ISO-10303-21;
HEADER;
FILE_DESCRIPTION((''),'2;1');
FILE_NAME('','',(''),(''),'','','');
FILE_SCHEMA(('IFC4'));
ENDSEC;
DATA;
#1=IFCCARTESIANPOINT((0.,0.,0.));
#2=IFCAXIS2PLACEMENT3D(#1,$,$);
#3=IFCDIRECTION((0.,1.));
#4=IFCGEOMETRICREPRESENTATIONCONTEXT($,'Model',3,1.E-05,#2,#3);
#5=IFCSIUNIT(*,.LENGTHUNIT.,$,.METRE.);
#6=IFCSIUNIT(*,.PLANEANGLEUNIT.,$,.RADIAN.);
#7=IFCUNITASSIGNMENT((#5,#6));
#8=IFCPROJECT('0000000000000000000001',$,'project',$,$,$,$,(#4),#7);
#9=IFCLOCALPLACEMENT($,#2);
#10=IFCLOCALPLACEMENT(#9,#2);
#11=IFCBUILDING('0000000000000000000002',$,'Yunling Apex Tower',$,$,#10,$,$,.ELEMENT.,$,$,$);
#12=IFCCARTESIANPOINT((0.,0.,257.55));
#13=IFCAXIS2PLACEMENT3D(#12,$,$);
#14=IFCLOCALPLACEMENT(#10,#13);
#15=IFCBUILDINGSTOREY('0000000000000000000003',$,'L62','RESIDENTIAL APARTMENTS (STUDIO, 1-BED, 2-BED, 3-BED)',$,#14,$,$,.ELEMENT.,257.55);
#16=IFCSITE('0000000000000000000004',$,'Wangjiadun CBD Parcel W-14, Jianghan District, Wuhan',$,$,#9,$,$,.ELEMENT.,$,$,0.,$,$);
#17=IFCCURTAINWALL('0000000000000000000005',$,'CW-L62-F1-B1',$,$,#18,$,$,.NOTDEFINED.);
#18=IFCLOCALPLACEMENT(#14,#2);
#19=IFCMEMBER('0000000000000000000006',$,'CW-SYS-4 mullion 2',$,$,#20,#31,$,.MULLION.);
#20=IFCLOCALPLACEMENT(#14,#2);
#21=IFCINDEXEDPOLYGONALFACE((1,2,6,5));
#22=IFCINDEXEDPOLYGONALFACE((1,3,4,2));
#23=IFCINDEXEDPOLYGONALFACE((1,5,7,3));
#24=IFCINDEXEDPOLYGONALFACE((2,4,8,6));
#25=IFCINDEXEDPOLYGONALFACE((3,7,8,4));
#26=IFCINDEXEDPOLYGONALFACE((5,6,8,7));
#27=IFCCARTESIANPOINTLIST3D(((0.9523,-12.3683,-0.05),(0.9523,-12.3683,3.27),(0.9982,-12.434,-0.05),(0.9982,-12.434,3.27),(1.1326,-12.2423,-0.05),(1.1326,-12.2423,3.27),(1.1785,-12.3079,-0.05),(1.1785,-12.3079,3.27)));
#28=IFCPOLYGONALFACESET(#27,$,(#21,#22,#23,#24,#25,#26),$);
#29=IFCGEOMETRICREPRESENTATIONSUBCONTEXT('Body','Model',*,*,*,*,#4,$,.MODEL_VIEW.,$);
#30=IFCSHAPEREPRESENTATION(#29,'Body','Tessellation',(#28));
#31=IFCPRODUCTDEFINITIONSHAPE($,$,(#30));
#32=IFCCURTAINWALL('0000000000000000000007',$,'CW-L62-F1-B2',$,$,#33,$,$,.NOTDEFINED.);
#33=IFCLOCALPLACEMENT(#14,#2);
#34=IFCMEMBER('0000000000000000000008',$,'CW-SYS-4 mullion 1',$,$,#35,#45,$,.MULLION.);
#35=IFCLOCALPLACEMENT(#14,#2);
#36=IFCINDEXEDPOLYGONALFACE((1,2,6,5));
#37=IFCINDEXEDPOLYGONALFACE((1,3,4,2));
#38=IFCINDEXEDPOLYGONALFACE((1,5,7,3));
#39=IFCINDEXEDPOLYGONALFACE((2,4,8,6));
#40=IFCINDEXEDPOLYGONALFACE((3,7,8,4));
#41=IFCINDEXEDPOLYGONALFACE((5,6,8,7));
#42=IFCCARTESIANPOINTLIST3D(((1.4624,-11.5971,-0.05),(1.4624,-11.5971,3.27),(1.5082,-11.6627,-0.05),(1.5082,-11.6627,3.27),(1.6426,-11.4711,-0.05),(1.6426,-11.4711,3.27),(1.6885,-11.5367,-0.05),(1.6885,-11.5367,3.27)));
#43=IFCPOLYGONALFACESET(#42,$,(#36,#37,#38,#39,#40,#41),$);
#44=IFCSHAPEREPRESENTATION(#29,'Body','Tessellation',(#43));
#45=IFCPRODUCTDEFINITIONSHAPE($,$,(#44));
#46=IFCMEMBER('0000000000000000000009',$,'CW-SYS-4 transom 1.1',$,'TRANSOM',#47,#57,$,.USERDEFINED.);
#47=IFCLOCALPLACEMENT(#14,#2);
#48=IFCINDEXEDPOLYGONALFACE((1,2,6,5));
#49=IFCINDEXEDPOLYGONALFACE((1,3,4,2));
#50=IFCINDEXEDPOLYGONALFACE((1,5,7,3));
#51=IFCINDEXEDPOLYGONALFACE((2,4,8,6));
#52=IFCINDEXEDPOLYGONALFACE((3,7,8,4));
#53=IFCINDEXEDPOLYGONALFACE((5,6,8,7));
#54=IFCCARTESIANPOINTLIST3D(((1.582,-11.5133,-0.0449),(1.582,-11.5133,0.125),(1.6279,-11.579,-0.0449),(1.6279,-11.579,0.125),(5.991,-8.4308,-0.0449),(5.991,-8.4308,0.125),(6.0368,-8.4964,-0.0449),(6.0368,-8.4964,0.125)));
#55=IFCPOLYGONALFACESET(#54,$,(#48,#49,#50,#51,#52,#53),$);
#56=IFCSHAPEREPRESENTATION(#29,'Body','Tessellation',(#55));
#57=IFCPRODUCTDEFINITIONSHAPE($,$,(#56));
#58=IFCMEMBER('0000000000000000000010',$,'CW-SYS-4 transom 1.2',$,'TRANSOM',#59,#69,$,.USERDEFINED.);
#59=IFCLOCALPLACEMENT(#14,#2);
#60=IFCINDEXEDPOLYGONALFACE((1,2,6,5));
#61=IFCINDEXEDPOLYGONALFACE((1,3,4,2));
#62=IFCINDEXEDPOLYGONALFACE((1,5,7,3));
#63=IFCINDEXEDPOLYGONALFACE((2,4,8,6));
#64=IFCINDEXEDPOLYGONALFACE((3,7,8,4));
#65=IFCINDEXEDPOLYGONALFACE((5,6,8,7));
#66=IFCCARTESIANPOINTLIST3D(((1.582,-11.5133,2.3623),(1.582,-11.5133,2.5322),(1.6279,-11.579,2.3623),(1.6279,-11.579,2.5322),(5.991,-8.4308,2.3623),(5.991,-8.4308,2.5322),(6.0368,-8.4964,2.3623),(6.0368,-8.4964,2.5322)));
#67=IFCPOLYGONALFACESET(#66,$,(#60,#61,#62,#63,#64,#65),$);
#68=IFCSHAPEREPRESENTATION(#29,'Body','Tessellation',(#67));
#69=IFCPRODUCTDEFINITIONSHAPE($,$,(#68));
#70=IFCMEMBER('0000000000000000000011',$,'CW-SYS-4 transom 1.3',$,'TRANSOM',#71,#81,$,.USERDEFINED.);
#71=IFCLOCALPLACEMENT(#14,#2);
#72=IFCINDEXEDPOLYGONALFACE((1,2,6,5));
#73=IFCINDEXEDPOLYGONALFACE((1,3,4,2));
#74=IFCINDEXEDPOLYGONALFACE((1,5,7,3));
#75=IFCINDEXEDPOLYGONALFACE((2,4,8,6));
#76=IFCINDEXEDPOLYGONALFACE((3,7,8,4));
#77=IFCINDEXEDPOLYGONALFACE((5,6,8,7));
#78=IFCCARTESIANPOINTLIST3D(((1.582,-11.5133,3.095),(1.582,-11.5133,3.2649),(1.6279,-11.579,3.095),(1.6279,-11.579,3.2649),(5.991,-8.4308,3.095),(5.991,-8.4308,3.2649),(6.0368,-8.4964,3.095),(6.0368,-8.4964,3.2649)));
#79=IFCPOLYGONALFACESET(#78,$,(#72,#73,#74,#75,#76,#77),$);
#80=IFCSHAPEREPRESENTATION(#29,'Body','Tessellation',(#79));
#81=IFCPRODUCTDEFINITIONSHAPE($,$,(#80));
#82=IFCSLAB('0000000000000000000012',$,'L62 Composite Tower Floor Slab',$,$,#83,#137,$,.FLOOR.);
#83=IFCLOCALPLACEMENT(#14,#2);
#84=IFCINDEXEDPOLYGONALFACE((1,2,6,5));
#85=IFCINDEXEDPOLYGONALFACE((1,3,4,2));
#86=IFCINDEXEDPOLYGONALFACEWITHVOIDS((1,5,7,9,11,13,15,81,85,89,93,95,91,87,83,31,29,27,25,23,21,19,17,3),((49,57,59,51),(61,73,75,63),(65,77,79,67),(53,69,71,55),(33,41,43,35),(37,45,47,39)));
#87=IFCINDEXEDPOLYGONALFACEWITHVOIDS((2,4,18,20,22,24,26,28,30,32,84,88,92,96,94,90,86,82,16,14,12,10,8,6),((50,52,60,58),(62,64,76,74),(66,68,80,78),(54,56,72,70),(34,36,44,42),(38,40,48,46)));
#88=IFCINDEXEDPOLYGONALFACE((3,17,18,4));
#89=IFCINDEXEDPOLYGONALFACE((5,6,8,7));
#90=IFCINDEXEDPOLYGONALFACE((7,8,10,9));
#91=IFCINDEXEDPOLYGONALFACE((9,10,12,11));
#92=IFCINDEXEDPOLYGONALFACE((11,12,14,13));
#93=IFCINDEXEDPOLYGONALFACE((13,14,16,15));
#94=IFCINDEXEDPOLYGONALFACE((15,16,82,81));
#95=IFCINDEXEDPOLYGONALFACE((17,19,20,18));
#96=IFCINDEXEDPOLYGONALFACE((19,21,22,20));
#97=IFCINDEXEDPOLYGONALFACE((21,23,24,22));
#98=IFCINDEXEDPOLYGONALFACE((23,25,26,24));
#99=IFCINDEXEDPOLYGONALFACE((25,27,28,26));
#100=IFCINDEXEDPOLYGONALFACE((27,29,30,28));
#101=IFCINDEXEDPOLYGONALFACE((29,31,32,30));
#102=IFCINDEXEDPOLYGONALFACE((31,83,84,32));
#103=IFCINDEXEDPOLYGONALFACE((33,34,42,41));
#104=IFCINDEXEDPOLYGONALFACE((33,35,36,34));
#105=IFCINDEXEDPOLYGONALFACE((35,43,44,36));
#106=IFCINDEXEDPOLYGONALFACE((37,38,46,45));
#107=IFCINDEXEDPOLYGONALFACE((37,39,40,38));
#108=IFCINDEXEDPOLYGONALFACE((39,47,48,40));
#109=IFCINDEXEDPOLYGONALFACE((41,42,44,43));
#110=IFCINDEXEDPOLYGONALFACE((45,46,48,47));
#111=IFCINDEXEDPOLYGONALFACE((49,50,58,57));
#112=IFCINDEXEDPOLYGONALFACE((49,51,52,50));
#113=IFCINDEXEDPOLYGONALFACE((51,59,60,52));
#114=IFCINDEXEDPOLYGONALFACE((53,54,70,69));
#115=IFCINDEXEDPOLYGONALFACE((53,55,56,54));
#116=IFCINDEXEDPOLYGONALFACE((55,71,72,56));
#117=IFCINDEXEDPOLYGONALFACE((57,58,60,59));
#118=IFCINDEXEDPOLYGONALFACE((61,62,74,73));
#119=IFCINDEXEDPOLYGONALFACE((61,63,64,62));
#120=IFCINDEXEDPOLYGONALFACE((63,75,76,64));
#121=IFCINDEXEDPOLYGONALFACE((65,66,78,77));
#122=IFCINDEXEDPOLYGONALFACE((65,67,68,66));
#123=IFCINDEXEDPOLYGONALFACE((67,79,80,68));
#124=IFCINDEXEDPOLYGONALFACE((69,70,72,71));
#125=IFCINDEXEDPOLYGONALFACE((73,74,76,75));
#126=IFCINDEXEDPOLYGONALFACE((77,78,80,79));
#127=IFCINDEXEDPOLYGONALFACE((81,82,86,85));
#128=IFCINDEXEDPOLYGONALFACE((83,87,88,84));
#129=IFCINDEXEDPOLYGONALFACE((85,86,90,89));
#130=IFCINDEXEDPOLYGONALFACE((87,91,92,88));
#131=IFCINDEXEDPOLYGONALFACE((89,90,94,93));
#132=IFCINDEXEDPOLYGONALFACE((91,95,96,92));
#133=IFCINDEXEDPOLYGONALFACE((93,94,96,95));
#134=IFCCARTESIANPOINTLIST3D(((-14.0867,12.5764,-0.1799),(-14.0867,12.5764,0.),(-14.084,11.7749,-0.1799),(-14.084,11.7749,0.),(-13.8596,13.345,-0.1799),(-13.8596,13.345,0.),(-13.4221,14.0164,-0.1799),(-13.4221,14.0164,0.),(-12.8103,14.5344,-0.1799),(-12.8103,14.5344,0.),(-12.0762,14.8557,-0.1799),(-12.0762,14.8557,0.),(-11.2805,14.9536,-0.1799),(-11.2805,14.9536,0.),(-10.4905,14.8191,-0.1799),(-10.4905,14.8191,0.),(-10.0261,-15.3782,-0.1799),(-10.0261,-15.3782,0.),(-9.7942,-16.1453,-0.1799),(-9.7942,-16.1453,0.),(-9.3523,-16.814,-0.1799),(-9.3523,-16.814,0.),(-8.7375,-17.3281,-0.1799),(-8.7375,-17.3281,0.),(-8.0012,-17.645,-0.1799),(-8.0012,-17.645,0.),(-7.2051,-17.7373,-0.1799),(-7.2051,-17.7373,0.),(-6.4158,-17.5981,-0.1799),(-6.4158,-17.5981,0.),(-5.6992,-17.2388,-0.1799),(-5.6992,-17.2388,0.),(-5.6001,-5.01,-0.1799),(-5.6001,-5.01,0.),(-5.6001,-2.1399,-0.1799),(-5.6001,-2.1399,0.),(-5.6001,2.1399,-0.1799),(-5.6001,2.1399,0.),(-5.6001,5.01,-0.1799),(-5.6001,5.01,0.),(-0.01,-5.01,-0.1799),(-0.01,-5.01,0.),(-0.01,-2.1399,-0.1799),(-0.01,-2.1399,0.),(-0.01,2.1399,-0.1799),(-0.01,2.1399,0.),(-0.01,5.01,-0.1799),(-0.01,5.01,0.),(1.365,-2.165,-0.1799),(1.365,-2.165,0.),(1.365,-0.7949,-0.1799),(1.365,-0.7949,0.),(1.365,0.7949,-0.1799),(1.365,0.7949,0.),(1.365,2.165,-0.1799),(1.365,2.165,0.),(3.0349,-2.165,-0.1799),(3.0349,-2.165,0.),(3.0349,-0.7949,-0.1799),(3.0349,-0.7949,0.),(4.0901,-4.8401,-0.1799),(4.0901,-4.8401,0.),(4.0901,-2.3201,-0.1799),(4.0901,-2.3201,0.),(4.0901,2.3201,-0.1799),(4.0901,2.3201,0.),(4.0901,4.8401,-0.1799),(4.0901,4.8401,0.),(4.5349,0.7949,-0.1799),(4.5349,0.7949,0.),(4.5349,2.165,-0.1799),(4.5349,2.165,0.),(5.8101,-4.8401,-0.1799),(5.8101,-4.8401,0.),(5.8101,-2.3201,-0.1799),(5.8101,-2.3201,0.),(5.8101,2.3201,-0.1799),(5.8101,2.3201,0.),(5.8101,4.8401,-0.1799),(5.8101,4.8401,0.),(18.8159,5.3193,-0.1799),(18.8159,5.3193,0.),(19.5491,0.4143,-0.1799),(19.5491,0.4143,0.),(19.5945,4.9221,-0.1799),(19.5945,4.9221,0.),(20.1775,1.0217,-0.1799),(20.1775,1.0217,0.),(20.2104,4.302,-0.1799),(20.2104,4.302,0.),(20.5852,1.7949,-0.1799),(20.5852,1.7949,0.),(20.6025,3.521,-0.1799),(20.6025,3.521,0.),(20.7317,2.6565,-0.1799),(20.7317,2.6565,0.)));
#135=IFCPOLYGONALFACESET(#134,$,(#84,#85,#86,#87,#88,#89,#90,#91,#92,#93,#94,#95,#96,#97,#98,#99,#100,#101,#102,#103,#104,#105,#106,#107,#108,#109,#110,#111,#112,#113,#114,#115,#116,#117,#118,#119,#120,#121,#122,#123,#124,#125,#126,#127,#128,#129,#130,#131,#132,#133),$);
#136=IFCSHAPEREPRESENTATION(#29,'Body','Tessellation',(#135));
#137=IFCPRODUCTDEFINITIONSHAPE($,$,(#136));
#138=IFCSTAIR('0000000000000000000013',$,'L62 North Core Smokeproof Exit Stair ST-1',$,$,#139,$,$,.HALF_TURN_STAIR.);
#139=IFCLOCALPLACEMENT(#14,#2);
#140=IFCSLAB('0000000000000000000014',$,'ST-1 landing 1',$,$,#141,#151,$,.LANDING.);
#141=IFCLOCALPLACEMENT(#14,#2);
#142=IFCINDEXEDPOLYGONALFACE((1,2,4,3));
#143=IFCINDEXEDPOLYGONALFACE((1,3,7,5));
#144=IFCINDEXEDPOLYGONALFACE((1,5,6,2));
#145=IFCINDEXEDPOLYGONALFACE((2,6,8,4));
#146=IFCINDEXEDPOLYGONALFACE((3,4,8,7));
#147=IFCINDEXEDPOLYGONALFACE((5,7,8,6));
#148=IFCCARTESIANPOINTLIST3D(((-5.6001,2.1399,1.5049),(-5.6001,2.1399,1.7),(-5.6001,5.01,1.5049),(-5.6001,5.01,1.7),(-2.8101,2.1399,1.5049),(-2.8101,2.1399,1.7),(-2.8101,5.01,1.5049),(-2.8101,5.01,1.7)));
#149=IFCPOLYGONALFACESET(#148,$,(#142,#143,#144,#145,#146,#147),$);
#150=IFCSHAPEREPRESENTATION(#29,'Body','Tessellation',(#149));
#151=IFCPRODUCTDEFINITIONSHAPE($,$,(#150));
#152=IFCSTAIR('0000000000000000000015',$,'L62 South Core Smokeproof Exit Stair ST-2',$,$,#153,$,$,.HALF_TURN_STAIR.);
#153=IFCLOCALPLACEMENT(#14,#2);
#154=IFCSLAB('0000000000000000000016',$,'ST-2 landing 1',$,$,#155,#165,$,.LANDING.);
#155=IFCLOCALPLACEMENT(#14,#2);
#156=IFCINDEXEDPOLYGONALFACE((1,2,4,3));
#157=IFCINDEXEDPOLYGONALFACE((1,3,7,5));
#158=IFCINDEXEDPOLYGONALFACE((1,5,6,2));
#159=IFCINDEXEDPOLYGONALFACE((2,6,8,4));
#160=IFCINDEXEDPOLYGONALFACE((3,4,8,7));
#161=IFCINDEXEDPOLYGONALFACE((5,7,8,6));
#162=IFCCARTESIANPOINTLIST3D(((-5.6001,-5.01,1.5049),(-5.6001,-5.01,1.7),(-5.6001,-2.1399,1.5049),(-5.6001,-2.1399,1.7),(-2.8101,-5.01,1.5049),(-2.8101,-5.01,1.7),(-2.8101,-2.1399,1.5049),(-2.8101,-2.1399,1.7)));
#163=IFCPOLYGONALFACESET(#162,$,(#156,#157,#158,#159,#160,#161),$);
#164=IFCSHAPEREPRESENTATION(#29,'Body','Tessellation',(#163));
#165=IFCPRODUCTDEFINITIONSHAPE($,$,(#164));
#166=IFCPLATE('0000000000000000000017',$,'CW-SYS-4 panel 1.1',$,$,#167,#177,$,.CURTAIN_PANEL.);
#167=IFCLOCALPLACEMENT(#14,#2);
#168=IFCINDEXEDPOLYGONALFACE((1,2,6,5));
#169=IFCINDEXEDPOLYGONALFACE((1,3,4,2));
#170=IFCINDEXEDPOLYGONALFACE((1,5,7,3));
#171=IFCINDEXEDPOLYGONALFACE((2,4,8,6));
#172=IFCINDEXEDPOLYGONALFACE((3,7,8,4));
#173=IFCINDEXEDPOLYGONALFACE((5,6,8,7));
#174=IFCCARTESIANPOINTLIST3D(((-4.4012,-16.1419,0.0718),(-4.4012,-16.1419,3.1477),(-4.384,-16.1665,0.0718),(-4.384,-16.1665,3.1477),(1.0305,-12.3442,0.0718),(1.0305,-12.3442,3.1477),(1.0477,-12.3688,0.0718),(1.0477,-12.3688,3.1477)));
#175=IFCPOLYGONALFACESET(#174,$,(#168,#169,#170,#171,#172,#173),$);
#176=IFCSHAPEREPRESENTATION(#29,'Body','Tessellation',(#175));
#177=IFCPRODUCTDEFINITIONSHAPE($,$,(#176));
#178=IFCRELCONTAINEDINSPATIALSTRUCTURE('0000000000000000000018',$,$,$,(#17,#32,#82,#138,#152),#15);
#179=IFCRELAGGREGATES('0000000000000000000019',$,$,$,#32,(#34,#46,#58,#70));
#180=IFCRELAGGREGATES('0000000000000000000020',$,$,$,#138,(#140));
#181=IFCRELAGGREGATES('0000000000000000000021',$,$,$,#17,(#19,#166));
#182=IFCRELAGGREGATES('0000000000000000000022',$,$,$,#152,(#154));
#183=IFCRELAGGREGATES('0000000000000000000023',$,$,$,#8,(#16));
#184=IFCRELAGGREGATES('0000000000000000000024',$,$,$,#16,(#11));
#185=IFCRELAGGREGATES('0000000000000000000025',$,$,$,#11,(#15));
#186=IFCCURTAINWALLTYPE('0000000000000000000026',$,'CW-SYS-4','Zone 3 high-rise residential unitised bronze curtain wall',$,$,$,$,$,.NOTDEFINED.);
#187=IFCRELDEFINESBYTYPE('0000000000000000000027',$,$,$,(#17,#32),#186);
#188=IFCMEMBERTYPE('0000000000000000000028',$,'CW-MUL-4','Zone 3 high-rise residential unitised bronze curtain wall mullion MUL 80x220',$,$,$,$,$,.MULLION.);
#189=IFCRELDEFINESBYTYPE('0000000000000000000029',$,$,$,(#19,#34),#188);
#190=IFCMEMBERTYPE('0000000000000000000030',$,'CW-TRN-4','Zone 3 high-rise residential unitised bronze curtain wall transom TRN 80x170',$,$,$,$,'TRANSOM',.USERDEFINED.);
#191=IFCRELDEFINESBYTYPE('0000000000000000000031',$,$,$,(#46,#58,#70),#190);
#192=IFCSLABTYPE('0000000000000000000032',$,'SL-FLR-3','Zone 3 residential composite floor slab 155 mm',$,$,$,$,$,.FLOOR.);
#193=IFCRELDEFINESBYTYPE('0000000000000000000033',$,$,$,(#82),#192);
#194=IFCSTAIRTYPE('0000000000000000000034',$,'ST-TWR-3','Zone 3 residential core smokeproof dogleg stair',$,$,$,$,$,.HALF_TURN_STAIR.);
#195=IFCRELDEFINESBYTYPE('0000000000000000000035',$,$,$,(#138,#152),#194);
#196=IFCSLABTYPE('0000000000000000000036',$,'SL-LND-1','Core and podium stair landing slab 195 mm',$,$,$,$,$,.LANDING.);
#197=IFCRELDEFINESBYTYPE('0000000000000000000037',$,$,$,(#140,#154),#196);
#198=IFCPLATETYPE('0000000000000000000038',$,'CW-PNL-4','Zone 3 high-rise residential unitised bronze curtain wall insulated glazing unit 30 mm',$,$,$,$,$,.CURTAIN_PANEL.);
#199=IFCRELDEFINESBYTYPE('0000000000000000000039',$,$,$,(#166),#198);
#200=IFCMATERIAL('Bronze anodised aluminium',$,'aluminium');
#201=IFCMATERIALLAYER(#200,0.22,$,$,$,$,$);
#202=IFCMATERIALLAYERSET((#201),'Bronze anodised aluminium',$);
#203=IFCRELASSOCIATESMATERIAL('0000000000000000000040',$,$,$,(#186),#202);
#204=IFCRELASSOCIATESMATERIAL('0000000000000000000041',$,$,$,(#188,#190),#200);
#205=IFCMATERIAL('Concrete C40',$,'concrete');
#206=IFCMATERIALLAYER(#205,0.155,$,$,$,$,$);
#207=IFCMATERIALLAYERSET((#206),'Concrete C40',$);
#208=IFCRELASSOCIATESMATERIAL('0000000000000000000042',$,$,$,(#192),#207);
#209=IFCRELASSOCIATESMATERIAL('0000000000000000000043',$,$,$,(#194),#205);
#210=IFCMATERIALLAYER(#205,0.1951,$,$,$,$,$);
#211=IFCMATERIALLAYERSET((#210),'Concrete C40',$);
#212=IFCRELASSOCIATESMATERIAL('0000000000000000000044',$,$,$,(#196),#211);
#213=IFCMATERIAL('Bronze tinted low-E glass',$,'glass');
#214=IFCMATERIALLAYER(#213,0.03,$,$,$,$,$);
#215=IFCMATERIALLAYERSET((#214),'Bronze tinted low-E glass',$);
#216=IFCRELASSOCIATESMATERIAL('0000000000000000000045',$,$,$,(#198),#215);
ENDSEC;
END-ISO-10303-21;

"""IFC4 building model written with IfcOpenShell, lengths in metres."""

from ifc_helpers import new_model, si_unit, direction, frame, origin, origin_2d, place, context, subcontext, project, spatial, polyline, rectangle, outline, extrude, source, transform, mapped, material, layer, layer_set, material_profile, profile_set, type_object, element, aggregate, save


model = new_model("IFC4")

# Units and contexts
model_context = context("Model", 3, precision=1e-05, world=origin(), true_north=direction((0.0, 1.0)))
body_context = subcontext(model_context, "Body", "Model", "MODEL_VIEW")
ifc_project = project(units=[si_unit("LENGTHUNIT", "METRE"), si_unit("PLANEANGLEUNIT", "RADIAN")], contexts=[model_context])

# Site, building, storey
site_placement = place(None, origin())
site = spatial("IfcSite", under=ifc_project, at=site_placement, Name="Wangjiadun CBD Parcel W-14, Jianghan District, Wuhan", CompositionType="ELEMENT", RefElevation=0.0)
building_placement = place(site_placement, origin())
building = spatial("IfcBuilding", under=site, at=building_placement, Name="Yunling Apex Tower", CompositionType="ELEMENT")
storey_placement = place(building_placement, frame((0.0, 0.0, 257.55)))
storey = spatial("IfcBuildingStorey", under=building, at=storey_placement, Name="L62", Description="RESIDENTIAL APARTMENTS (STUDIO, 1-BED, 2-BED, 3-BED)", CompositionType="ELEMENT", Elevation=257.55)

# Curtain wall, member
ifc_material_1 = material(Name="Bronze anodised aluminium", Category="aluminium")
ifc_layer_1 = layer(ifc_material_1, 0.22)
ifc_layer_set_1 = layer_set([ifc_layer_1], Name="Bronze anodised aluminium")
curtain_wall_type = type_object("IfcCurtainWallType", Name="CW-SYS-4", Description="Zone 3 high-rise residential unitised bronze curtain wall", PredefinedType="NOTDEFINED", material=ifc_layer_set_1)
curtain_wall_1_placement = place(storey_placement, origin())
curtain_wall_1 = element("IfcCurtainWall", 1, at=curtain_wall_1_placement, inside=storey, type_object=curtain_wall_type, Name="CW-L62-F1-B1", PredefinedType="NOTDEFINED")
ifc_material_profile_1 = material_profile(ifc_material_1, rectangle(XDim=0.0801, YDim=0.22, at=origin_2d()))
ifc_profile_set_1 = profile_set([ifc_material_profile_1], Name="Bronze anodised aluminium")
member_type_1 = type_object("IfcMemberType", Name="CW-MUL-4", Description="Zone 3 high-rise residential unitised bronze curtain wall mullion MUL 80x220", PredefinedType="MULLION", material=ifc_profile_set_1)
shared_shape_1 = source(origin(), body_context, "Body", "SweptSolid", [
    extrude(rectangle(XDim=0.0801, YDim=0.22, at=origin_2d()), origin(), (0.0, 0.0, 1.0), 3.3201),
])
member_1_placement = place(storey_placement, frame((1.0654, -12.3381, -0.05), z_axis=(0.0, 0.0, 1.0), x_axis=(-0.573, 0.819555, 0.0)))
member_1 = element("IfcMember", 2, at=member_1_placement, type_object=member_type_1, Name="CW-SYS-4 mullion 2", PredefinedType="MULLION", context=body_context, shape_type="MappedRepresentation", body=[
    mapped(shared_shape_1, transform((0.0, 0.0, 0.0), scale=1.0)),
])

# Curtain wall, members
curtain_wall_2_placement = place(storey_placement, origin())
curtain_wall_2 = element("IfcCurtainWall", 3, at=curtain_wall_2_placement, inside=storey, type_object=curtain_wall_type, Name="CW-L62-F1-B2", PredefinedType="NOTDEFINED")
member_2_placement = place(storey_placement, frame((1.5754, -11.5669, -0.05), z_axis=(0.0, 0.0, 1.0), x_axis=(-0.572999, 0.819556, 0.0)))
member_2 = element("IfcMember", 4, at=member_2_placement, type_object=member_type_1, Name="CW-SYS-4 mullion 1", PredefinedType="MULLION", context=body_context, shape_type="MappedRepresentation", body=[
    mapped(shared_shape_1, transform((0.0, 0.0, 0.0), scale=1.0)),
])
ifc_material_profile_2 = material_profile(ifc_material_1, rectangle(XDim=0.0801, YDim=0.1699, at=origin_2d()))
ifc_profile_set_2 = profile_set([ifc_material_profile_2], Name="Bronze anodised aluminium")
member_type_2 = type_object("IfcMemberType", Name="CW-TRN-4", Description="Zone 3 high-rise residential unitised bronze curtain wall transom TRN 80x170", ElementType="TRANSOM", PredefinedType="USERDEFINED", material=ifc_profile_set_2)
shared_shape_2 = source(origin(), body_context, "Body", "SweptSolid", [
    extrude(rectangle(XDim=0.0801, YDim=0.1699, at=origin_2d()), origin(), (0.0, 0.0, 1.0), 5.3796),
])
member_3_placement = place(storey_placement, frame((1.605, -11.5461, 0.04), z_axis=(0.819558, 0.572996, 0.0), x_axis=(-0.572996, 0.819558, 0.0)))
member_3 = element("IfcMember", 5, at=member_3_placement, type_object=member_type_2, Name="CW-SYS-4 transom 1.1", ObjectType="TRANSOM", PredefinedType="USERDEFINED", context=body_context, shape_type="MappedRepresentation", body=[
    mapped(shared_shape_2, transform((0.0, 0.0, 0.0), scale=1.0)),
])
member_4_placement = place(storey_placement, frame((1.605, -11.5461, 2.4473), z_axis=(0.819558, 0.572996, 0.0), x_axis=(-0.572996, 0.819558, 0.0)))
member_4 = element("IfcMember", 6, at=member_4_placement, type_object=member_type_2, Name="CW-SYS-4 transom 1.2", ObjectType="TRANSOM", PredefinedType="USERDEFINED", context=body_context, shape_type="MappedRepresentation", body=[
    mapped(shared_shape_2, transform((0.0, 0.0, 0.0), scale=1.0)),
])
member_5_placement = place(storey_placement, frame((1.605, -11.5461, 3.1799), z_axis=(0.819558, 0.572996, 0.0), x_axis=(-0.572996, 0.819558, 0.0)))
member_5 = element("IfcMember", 7, at=member_5_placement, type_object=member_type_2, Name="CW-SYS-4 transom 1.3", ObjectType="TRANSOM", PredefinedType="USERDEFINED", context=body_context, shape_type="MappedRepresentation", body=[
    mapped(shared_shape_2, transform((0.0, 0.0, 0.0), scale=1.0)),
])
aggregate(curtain_wall_2, [member_2, member_3, member_4, member_5])

# Slab
ifc_material_2 = material(Name="Concrete C40", Category="concrete")
ifc_layer_2 = layer(ifc_material_2, 0.155)
ifc_layer_set_2 = layer_set([ifc_layer_2], Name="Concrete C40")
slab_type_1 = type_object("IfcSlabType", Name="SL-FLR-3", Description="Zone 3 residential composite floor slab 155 mm", PredefinedType="FLOOR", material=ifc_layer_set_2)
slab_1_placement = place(storey_placement, frame((0.0, 0.0, -0.1799)))
element("IfcSlab", 8, at=slab_1_placement, inside=storey, type_object=slab_type_1, Name="L62 Composite Tower Floor Slab", PredefinedType="FLOOR", context=body_context, shape_type="SweptSolid", body=[
    extrude(outline(polyline([(-10.0261, -15.3782), (-9.7942, -16.1453), (-9.3523, -16.814), (-8.7375, -17.3281), (-8.0012, -17.645), (-7.2051, -17.7373), (-6.4158, -17.5981), (-5.6992, -17.2388), (19.5491, 0.4143), (20.1775, 1.0217), (20.5852, 1.7949), (20.7317, 2.6565), (20.6025, 3.521), (20.2104, 4.302), (19.5945, 4.9221), (18.8159, 5.3193), (-10.4905, 14.8191), (-11.2805, 14.9536), (-12.0762, 14.8557), (-12.8103, 14.5344), (-13.4221, 14.0164), (-13.8596, 13.345), (-14.0867, 12.5764), (-14.084, 11.7749), (-10.0261, -15.3782)]), holes=[polyline([(4.0901, 4.8401), (5.8101, 4.8401), (5.8101, 2.3201), (4.0901, 2.3201), (4.0901, 4.8401)]), polyline([(4.0901, -4.8401), (4.0901, -2.3201), (5.8101, -2.3201), (5.8101, -4.8401), (4.0901, -4.8401)]), polyline([(4.5349, 0.7949), (1.365, 0.7949), (1.365, 2.165), (4.5349, 2.165), (4.5349, 0.7949)]), polyline([(1.365, -0.7949), (3.0349, -0.7949), (3.0349, -2.165), (1.365, -2.165), (1.365, -0.7949)]), polyline([(-0.01, -5.01), (-5.6001, -5.01), (-5.6001, -2.1399), (-0.01, -2.1399), (-0.01, -5.01)]), polyline([(-0.01, 2.1399), (-5.6001, 2.1399), (-5.6001, 5.01), (-0.01, 5.01), (-0.01, 2.1399)])]), origin(), (0.0, 0.0, 1.0), 0.1799),
])

# Stairs, slabs
stair_type = type_object("IfcStairType", Name="ST-TWR-3", Description="Zone 3 residential core smokeproof dogleg stair", PredefinedType="HALF_TURN_STAIR", material=ifc_material_2)
stair_1_placement = place(storey_placement, origin())
stair_1 = element("IfcStair", 9, at=stair_1_placement, inside=storey, type_object=stair_type, Name="L62 North Core Smokeproof Exit Stair ST-1", PredefinedType="HALF_TURN_STAIR")
ifc_layer_3 = layer(ifc_material_2, 0.1951)
ifc_layer_set_3 = layer_set([ifc_layer_3], Name="Concrete C40")
slab_type_2 = type_object("IfcSlabType", Name="SL-LND-1", Description="Core and podium stair landing slab 195 mm", PredefinedType="LANDING", material=ifc_layer_set_3)
slab_2_placement = place(storey_placement, frame((0.0, 0.0, 1.5049)))
slab_2 = element("IfcSlab", 10, at=slab_2_placement, type_object=slab_type_2, Name="ST-1 landing 1", PredefinedType="LANDING", context=body_context, shape_type="SweptSolid", body=[
    extrude(outline(polyline([(-2.8101, 5.01), (-5.6001, 5.01), (-5.6001, 2.1399), (-2.8101, 2.1399), (-2.8101, 5.01)])), origin(), (0.0, 0.0, 1.0), 0.1951),
])
aggregate(stair_1, [slab_2])
stair_2_placement = place(storey_placement, origin())
stair_2 = element("IfcStair", 11, at=stair_2_placement, inside=storey, type_object=stair_type, Name="L62 South Core Smokeproof Exit Stair ST-2", PredefinedType="HALF_TURN_STAIR")
slab_3_placement = place(storey_placement, frame((0.0, 0.0, 1.5049)))
slab_3 = element("IfcSlab", 12, at=slab_3_placement, type_object=slab_type_2, Name="ST-2 landing 1", PredefinedType="LANDING", context=body_context, shape_type="SweptSolid", body=[
    extrude(outline(polyline([(-2.8101, -2.1399), (-5.6001, -2.1399), (-5.6001, -5.01), (-2.8101, -5.01), (-2.8101, -2.1399)])), origin(), (0.0, 0.0, 1.0), 0.1951),
])

# Plate
ifc_material_3 = material(Name="Bronze tinted low-E glass", Category="glass")
ifc_layer_4 = layer(ifc_material_3, 0.03)
ifc_layer_set_4 = layer_set([ifc_layer_4], Name="Bronze tinted low-E glass")
plate_type = type_object("IfcPlateType", Name="CW-PNL-4", Description="Zone 3 high-rise residential unitised bronze curtain wall insulated glazing unit 30 mm", PredefinedType="CURTAIN_PANEL", material=ifc_layer_set_4)
shared_shape_3 = source(origin(), body_context, "Body", "SweptSolid", [
    extrude(rectangle(XDim=6.6277, YDim=0.03, at=origin_2d()), origin(), (0.0, 0.0, 1.0), 3.0759),
])
plate_placement = place(storey_placement, frame((-1.6768, -14.2554, 0.0718), z_axis=(0.0, 0.0, 1.0), x_axis=(0.819555, 0.573, 0.0)))
plate = element("IfcPlate", 13, at=plate_placement, type_object=plate_type, Name="CW-SYS-4 panel 1.1", PredefinedType="CURTAIN_PANEL", context=body_context, shape_type="MappedRepresentation", body=[
    mapped(shared_shape_3, transform((0.0, 0.0, 0.0), scale=1.0)),
])
aggregate(curtain_wall_1, [member_1, plate])

aggregate(stair_2, [slab_3])

save(model, "model.ifc")
